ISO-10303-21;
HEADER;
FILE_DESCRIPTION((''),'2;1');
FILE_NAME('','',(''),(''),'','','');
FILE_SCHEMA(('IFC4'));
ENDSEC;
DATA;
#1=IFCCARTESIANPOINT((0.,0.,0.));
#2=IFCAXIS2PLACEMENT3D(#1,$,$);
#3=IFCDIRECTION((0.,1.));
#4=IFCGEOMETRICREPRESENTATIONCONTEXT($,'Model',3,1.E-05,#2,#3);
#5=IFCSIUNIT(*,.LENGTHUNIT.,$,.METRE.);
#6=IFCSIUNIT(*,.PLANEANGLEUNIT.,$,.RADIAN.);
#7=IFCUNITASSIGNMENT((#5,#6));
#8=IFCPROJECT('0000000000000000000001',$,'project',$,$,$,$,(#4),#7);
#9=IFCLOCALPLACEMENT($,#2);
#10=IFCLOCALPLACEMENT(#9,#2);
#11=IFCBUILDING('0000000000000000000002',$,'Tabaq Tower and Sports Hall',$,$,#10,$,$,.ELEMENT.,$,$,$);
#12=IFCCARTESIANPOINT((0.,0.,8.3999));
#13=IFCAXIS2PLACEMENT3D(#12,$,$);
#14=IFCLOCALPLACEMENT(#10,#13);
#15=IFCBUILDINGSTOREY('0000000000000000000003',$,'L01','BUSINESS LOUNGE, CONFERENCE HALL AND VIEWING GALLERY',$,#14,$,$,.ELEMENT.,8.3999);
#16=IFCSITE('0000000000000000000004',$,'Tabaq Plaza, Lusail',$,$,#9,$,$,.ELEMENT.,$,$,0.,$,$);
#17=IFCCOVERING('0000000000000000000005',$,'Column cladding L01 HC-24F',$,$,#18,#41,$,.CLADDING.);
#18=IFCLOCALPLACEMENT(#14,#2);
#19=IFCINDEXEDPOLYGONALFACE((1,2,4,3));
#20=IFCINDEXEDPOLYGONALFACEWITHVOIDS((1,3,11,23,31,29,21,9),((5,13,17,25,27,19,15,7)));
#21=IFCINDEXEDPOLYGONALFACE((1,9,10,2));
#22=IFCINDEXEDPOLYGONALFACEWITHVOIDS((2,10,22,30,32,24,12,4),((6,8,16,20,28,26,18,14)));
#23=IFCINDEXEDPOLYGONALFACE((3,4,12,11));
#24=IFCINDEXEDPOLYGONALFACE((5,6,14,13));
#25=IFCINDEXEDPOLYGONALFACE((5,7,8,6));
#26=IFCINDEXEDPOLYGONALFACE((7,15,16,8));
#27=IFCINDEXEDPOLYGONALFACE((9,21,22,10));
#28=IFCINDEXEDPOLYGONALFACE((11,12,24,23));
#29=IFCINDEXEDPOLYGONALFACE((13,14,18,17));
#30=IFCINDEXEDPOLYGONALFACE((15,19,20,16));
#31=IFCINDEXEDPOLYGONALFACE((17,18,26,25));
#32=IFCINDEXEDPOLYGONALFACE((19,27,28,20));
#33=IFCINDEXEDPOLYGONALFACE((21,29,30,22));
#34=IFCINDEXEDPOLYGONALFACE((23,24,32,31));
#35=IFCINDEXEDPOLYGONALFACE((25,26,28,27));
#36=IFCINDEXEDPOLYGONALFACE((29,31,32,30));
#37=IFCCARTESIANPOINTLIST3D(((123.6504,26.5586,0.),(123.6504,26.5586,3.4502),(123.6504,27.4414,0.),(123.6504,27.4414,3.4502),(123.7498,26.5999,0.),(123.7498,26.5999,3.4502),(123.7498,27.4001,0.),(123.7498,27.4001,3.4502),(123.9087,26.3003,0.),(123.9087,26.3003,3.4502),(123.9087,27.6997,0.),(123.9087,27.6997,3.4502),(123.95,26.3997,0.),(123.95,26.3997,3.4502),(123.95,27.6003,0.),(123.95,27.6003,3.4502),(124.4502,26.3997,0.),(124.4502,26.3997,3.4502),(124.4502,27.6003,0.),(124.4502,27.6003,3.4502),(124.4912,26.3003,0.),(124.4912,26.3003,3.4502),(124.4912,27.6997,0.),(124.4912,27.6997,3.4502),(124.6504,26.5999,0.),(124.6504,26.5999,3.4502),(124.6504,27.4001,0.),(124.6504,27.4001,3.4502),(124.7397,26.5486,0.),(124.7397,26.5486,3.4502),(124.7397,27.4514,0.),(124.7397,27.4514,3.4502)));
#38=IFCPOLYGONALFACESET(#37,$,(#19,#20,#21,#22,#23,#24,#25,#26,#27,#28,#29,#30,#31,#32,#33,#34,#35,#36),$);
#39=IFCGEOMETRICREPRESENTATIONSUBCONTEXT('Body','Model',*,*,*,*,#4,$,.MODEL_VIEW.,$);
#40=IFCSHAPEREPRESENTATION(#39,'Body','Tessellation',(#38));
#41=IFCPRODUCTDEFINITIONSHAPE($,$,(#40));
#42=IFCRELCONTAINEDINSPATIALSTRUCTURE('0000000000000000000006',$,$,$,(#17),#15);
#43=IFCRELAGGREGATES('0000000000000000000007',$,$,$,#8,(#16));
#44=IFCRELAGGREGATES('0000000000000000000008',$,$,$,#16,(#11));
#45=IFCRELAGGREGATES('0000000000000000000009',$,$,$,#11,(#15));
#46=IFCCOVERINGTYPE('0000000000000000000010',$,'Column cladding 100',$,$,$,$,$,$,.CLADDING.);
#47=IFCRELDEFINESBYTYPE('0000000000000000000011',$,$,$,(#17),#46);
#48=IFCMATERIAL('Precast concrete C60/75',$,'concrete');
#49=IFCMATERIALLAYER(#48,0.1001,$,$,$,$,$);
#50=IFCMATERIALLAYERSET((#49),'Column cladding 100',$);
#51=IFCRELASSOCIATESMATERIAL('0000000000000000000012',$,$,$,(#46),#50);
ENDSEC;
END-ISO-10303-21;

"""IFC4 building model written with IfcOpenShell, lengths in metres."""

from ifc_helpers import new_model, si_unit, direction, frame, origin, place, context, subcontext, project, spatial, polyline, outline, extrude, material, layer, layer_set, type_object, element, save


model = new_model("IFC4")

# Units and contexts
model_context = context("Model", 3, precision=1e-05, world=origin(), true_north=direction((0.0, 1.0)))
body_context = subcontext(model_context, "Body", "Model", "MODEL_VIEW")
ifc_project = project(units=[si_unit("LENGTHUNIT", "METRE"), si_unit("PLANEANGLEUNIT", "RADIAN")], contexts=[model_context])

# Site, building, storey
site_placement = place(None, origin())
site = spatial("IfcSite", under=ifc_project, at=site_placement, Name="Tabaq Plaza, Lusail", CompositionType="ELEMENT", RefElevation=0.0)
building_placement = place(site_placement, origin())
building = spatial("IfcBuilding", under=site, at=building_placement, Name="Tabaq Tower and Sports Hall", CompositionType="ELEMENT")
storey_placement = place(building_placement, frame((0.0, 0.0, 8.3999)))
storey = spatial("IfcBuildingStorey", under=building, at=storey_placement, Name="L01", Description="BUSINESS LOUNGE, CONFERENCE HALL AND VIEWING GALLERY", CompositionType="ELEMENT", Elevation=8.3999)

# Covering
ifc_material = material(Name="Precast concrete C60/75", Category="concrete")
ifc_layer = layer(ifc_material, 0.1001)
ifc_layer_set = layer_set([ifc_layer], Name="Column cladding 100")
covering_type = type_object("IfcCoveringType", Name="Column cladding 100", PredefinedType="CLADDING", material=ifc_layer_set)
covering_1_placement = place(storey_placement, origin())
element("IfcCovering", 1, at=covering_1_placement, inside=storey, type_object=covering_type, Name="Column cladding L01 HC-24F", PredefinedType="CLADDING", context=body_context, shape_type="SweptSolid", body=[
    extrude(outline(polyline([(123.9087, 26.3003), (123.6504, 26.5586), (123.6504, 27.4414), (123.9087, 27.6997), (124.4912, 27.6997), (124.7397, 27.4514), (124.7397, 26.5486), (124.4912, 26.3003), (123.9087, 26.3003)]), holes=[polyline([(124.4502, 27.6003), (123.95, 27.6003), (123.7498, 27.4001), (123.7498, 26.5999), (123.95, 26.3997), (124.4502, 26.3997), (124.6504, 26.5999), (124.6504, 27.4001), (124.4502, 27.6003)])]), origin(), (0.0, 0.0, 1.0), 3.4502),
])

save(model, "model.ifc")
